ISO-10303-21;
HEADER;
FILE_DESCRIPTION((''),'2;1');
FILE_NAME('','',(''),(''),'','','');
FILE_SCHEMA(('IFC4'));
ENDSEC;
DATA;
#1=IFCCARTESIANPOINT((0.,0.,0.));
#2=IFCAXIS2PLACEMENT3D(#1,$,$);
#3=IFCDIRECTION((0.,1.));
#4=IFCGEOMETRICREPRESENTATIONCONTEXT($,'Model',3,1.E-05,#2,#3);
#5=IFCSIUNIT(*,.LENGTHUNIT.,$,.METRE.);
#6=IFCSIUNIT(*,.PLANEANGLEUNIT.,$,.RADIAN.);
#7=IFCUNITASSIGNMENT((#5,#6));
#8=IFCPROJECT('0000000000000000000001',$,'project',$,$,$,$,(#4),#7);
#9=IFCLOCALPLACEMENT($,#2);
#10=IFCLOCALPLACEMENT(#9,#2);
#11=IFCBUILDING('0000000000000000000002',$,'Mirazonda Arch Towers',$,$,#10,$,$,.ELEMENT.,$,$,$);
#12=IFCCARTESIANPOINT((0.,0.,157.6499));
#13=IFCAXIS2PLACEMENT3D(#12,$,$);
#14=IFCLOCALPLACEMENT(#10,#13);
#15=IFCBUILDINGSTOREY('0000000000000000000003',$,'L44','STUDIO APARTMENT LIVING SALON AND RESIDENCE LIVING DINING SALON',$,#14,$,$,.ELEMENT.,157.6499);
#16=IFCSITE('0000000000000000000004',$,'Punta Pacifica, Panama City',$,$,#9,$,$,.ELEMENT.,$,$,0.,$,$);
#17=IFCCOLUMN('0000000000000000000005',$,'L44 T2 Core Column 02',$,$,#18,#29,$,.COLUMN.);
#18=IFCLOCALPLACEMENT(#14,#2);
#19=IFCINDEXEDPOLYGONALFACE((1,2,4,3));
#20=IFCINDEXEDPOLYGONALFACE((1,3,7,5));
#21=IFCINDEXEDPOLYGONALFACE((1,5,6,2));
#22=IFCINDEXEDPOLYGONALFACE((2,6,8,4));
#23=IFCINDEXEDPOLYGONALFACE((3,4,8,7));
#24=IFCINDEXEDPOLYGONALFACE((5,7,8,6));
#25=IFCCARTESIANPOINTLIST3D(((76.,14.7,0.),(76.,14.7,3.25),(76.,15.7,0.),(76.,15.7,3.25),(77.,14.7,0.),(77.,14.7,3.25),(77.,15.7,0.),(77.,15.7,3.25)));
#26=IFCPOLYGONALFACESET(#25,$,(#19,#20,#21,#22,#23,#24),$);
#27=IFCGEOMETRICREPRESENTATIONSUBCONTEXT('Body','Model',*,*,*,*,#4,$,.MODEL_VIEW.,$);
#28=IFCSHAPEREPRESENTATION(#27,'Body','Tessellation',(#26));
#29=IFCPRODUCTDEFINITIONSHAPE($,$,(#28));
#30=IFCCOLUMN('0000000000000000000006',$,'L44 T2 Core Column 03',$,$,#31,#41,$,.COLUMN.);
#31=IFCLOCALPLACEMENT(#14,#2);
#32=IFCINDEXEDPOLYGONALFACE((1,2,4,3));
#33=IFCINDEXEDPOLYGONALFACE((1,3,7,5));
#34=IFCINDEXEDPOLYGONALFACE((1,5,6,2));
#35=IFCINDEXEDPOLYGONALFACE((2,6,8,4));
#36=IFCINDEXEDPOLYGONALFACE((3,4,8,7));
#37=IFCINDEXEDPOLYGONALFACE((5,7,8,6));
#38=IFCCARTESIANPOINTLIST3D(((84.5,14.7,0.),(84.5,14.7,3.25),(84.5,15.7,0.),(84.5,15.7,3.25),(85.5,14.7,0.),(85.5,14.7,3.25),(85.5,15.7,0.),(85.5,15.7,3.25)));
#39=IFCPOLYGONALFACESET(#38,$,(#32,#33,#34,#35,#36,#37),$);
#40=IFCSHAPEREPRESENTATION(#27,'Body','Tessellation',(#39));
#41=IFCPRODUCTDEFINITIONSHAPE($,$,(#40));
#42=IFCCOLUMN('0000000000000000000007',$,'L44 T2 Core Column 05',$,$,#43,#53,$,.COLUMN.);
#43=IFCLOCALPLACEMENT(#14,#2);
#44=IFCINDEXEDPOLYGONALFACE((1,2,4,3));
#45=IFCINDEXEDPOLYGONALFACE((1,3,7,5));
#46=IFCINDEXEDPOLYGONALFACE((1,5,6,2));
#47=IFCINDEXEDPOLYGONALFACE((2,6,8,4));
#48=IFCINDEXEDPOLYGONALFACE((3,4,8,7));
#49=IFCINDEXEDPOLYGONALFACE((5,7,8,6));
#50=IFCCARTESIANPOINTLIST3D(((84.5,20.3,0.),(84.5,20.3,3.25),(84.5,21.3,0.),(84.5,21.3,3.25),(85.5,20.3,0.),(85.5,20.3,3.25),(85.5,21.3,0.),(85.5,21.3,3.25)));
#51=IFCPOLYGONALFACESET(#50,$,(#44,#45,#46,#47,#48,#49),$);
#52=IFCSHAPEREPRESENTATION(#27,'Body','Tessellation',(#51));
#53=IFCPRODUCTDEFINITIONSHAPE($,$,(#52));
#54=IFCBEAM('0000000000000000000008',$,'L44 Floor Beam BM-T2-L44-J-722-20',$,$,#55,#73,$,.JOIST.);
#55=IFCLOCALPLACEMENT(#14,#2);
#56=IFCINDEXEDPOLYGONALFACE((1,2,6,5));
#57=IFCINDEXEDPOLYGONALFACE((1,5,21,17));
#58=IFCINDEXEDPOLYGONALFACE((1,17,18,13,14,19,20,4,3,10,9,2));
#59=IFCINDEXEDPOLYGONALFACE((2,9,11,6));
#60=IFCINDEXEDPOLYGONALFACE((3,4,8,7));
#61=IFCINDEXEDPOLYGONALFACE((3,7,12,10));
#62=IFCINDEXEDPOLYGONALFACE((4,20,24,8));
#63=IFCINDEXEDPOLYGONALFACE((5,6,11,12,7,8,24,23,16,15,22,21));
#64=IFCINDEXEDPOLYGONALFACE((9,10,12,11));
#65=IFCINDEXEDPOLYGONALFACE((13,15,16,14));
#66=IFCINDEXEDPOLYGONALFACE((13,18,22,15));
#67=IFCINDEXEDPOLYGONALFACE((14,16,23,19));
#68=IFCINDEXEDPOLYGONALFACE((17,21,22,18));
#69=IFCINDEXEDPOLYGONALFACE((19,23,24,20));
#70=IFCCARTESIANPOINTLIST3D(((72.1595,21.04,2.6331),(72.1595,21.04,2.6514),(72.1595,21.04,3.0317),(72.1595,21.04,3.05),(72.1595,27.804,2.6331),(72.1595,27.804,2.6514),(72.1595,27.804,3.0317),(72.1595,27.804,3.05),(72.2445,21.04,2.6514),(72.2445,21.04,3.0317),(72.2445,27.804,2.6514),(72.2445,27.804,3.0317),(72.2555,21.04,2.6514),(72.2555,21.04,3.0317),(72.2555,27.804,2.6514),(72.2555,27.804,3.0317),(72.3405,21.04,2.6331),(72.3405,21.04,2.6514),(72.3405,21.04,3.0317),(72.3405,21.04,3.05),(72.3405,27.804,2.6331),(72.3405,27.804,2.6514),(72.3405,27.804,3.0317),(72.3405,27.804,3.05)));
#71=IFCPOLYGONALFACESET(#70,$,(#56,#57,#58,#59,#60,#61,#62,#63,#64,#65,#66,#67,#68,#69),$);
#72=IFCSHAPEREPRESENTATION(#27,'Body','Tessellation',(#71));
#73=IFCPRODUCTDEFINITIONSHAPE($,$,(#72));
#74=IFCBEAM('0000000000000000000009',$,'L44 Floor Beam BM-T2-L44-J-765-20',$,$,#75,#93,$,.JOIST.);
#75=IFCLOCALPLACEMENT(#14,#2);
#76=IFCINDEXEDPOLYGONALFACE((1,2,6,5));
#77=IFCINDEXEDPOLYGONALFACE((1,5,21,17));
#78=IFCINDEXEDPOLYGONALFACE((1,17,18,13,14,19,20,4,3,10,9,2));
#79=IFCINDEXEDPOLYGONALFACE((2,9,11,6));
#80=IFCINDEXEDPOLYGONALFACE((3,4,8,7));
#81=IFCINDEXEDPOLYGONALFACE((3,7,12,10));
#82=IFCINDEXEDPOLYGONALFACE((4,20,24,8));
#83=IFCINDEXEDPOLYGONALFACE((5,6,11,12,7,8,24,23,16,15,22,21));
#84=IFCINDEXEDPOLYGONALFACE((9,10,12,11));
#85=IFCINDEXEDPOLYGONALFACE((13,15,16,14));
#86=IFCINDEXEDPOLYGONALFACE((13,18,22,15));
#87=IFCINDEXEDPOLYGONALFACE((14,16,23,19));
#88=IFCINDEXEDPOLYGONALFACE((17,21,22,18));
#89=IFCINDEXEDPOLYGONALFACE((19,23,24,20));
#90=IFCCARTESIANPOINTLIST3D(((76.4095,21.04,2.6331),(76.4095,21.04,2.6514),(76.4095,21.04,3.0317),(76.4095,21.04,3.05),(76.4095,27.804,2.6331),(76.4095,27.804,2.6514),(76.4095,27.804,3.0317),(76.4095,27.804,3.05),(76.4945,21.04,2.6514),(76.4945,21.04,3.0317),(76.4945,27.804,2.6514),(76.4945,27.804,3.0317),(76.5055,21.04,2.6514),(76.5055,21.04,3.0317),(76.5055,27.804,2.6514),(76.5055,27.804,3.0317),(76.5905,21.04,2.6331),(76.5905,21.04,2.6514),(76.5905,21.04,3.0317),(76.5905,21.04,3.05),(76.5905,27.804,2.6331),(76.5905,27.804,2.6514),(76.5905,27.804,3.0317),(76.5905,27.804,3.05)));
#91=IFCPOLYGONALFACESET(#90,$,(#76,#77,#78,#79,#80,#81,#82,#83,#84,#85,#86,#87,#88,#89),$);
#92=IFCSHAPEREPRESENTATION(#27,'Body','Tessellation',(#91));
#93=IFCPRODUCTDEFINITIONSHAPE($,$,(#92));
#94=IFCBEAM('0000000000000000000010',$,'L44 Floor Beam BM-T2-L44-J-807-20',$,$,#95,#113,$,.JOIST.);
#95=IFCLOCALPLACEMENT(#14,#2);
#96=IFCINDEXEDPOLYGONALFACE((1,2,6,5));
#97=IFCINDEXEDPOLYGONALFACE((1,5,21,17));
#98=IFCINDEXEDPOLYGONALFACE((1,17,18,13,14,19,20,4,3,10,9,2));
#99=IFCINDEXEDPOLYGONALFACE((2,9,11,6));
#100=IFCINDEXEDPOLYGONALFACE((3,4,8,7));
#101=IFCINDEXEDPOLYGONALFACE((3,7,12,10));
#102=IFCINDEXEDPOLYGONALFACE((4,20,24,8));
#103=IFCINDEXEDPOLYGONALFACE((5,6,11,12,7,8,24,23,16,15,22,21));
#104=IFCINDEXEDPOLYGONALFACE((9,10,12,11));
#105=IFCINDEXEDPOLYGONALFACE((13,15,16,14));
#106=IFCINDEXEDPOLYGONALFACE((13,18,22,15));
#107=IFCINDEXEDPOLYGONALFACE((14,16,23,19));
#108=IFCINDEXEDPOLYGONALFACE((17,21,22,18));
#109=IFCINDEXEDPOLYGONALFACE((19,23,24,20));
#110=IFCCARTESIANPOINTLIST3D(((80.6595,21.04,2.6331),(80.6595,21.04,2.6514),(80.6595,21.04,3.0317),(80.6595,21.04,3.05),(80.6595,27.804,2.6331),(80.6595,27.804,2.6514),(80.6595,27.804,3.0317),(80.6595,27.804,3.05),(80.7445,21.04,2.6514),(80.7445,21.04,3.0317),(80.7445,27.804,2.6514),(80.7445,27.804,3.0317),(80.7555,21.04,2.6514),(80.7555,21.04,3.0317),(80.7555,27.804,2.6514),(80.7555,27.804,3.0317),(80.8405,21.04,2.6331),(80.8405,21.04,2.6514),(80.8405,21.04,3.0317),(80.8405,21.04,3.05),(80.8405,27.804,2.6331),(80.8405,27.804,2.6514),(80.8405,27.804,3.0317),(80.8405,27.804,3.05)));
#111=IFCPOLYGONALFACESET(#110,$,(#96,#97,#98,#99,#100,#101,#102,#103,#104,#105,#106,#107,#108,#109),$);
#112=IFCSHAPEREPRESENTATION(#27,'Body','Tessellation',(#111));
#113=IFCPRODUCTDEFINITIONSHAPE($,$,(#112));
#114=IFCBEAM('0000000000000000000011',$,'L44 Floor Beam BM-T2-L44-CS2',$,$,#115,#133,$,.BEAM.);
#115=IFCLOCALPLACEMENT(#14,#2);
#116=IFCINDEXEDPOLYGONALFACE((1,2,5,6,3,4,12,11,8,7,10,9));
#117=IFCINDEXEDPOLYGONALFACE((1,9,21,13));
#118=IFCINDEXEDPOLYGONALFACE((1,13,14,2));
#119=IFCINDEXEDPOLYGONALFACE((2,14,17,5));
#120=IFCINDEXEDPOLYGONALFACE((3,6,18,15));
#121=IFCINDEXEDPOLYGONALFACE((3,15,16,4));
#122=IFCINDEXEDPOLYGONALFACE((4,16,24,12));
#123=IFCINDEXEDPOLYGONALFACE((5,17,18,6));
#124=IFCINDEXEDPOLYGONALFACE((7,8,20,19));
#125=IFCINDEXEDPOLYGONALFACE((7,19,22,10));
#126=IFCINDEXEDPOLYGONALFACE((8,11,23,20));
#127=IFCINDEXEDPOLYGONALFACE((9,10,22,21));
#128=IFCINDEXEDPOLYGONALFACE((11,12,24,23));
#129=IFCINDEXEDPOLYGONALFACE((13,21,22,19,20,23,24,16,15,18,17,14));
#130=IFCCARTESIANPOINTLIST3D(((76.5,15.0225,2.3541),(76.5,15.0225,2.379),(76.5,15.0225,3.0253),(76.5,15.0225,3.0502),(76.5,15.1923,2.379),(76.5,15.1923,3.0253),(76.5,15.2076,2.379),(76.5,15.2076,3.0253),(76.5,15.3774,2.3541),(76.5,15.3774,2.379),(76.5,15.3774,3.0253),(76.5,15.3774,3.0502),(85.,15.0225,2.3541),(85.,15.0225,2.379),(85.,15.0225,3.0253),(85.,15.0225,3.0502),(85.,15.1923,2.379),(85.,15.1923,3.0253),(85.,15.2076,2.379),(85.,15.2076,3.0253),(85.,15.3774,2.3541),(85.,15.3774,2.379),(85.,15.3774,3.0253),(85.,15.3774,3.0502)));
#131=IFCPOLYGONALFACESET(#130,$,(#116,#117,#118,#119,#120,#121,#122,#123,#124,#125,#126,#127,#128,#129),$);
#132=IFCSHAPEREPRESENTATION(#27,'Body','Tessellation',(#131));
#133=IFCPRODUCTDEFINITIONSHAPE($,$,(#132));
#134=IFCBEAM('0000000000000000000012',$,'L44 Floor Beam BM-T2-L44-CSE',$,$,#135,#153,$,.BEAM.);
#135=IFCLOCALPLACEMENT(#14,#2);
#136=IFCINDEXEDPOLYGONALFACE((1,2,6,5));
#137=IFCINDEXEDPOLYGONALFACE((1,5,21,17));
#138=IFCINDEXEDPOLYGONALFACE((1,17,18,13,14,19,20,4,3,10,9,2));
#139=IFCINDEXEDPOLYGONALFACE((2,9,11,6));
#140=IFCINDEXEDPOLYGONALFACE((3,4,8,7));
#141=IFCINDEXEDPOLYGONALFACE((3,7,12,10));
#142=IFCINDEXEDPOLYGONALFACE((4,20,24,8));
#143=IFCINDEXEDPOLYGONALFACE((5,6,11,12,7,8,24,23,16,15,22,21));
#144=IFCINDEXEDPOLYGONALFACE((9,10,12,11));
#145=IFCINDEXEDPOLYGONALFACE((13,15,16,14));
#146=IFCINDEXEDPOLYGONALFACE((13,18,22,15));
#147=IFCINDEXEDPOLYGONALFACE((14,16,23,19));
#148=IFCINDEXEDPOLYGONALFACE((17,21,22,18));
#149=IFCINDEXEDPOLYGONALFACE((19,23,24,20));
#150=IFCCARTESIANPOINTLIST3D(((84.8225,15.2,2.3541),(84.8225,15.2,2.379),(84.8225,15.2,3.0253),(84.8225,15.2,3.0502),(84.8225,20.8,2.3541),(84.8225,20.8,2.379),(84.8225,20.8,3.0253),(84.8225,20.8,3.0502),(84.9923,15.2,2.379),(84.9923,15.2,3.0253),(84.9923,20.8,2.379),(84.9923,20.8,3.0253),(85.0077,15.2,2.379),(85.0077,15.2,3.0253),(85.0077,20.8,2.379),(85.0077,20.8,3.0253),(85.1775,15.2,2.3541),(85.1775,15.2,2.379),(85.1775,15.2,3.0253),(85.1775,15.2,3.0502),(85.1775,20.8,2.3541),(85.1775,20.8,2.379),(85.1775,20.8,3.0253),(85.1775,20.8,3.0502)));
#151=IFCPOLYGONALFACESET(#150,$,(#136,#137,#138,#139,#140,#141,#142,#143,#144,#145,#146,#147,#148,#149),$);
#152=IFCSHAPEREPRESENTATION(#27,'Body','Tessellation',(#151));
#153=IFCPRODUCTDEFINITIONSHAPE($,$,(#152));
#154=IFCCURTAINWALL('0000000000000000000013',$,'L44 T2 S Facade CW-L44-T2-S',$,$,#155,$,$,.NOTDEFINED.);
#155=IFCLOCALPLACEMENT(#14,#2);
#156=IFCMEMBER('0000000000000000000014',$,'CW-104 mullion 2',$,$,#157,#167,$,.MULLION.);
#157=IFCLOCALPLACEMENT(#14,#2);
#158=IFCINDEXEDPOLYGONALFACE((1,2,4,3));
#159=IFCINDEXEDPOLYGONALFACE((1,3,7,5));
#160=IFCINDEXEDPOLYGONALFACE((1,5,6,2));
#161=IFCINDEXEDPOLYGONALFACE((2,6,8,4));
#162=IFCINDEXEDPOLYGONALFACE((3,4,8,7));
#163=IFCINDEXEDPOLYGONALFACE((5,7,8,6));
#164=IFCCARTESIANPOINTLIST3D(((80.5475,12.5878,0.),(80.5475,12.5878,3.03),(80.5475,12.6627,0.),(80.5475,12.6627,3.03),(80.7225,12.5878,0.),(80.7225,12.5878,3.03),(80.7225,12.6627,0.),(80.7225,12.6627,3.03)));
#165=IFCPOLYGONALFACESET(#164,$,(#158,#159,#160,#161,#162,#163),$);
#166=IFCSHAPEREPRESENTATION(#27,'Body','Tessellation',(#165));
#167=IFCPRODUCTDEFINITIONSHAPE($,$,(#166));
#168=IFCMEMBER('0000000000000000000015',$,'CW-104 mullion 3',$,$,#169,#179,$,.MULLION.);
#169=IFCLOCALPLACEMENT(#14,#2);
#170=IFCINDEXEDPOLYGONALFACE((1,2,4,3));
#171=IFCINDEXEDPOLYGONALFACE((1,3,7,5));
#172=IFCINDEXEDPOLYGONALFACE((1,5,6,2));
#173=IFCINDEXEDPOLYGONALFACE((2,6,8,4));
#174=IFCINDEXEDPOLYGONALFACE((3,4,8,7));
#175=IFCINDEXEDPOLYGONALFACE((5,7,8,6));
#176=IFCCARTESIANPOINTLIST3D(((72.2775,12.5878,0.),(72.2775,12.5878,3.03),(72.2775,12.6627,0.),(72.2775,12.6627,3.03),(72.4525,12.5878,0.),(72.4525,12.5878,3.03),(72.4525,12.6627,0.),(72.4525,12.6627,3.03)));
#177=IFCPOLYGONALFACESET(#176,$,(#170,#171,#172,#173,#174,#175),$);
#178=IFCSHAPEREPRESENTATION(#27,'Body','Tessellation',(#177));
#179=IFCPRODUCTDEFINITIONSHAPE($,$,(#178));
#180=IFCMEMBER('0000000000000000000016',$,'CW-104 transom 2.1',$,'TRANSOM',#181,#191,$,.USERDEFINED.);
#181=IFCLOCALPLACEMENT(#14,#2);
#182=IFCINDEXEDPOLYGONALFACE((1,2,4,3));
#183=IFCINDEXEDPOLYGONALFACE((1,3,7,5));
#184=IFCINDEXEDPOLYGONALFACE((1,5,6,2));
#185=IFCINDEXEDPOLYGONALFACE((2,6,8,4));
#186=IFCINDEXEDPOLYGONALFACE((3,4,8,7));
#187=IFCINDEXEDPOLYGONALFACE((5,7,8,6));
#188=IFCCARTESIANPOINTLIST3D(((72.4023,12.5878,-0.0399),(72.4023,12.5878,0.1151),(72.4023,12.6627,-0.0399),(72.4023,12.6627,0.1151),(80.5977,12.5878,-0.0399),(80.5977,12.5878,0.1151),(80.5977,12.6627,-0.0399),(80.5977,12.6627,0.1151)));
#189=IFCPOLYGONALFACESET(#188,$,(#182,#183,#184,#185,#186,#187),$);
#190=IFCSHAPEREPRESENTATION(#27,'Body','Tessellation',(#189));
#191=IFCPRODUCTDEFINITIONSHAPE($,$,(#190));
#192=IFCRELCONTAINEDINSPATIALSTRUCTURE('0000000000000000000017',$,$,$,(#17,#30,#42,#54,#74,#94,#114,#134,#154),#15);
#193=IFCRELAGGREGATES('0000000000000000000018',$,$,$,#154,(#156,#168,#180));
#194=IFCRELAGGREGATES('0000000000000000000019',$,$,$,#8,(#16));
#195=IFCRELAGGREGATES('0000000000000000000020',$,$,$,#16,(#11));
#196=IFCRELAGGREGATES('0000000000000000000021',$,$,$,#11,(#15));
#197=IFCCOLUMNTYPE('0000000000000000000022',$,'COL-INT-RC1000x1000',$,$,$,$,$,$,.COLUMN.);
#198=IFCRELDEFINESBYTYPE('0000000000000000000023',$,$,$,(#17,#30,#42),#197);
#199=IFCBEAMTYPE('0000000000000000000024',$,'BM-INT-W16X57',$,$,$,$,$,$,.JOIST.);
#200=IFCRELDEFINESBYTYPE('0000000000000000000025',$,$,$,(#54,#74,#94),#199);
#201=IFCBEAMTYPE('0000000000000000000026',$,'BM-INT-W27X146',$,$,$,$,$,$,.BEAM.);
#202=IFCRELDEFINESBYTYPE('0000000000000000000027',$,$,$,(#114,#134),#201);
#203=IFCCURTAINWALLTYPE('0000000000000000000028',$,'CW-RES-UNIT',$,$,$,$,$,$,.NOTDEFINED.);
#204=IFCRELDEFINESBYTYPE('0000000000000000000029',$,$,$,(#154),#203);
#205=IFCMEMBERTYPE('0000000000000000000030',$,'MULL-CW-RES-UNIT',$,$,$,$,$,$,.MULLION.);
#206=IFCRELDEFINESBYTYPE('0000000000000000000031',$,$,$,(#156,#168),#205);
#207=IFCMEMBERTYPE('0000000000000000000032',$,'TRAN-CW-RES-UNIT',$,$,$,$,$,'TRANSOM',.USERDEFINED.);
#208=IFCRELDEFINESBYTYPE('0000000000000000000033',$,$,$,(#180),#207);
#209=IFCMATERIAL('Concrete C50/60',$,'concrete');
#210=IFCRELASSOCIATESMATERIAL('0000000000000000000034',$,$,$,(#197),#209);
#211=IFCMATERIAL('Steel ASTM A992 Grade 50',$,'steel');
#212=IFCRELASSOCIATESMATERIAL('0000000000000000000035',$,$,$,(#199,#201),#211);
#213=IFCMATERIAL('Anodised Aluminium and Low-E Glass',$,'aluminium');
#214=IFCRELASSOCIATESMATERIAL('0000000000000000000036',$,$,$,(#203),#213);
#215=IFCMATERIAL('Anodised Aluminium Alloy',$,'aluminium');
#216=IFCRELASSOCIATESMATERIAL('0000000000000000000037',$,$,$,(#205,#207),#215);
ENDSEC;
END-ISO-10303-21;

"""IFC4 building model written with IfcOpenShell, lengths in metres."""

from ifc_helpers import new_model, si_unit, direction, frame, origin, origin_2d, place, context, subcontext, project, spatial, rectangle, i_section, extrude, material, material_profile, profile_set, type_object, element, aggregate, save


model = new_model("IFC4")

# Units and contexts
model_context = context("Model", 3, precision=1e-05, world=origin(), true_north=direction((0.0, 1.0)))
body_context = subcontext(model_context, "Body", "Model", "MODEL_VIEW")
ifc_project = project(units=[si_unit("LENGTHUNIT", "METRE"), si_unit("PLANEANGLEUNIT", "RADIAN")], contexts=[model_context])

# Site, building, storey
site_placement = place(None, origin())
site = spatial("IfcSite", under=ifc_project, at=site_placement, Name="Punta Pacifica, Panama City", CompositionType="ELEMENT", RefElevation=0.0)
building_placement = place(site_placement, origin())
building = spatial("IfcBuilding", under=site, at=building_placement, Name="Mirazonda Arch Towers", CompositionType="ELEMENT")
storey_placement = place(building_placement, frame((0.0, 0.0, 157.6499)))
storey = spatial("IfcBuildingStorey", under=building, at=storey_placement, Name="L44", Description="STUDIO APARTMENT LIVING SALON AND RESIDENCE LIVING DINING SALON", CompositionType="ELEMENT", Elevation=157.6499)

# Columns
ifc_material_1 = material(Name="Concrete C50/60", Category="concrete")
ifc_material_profile_1 = material_profile(ifc_material_1, rectangle(XDim=1.0, YDim=1.0, at=origin_2d()), Name="RC1000x1000")
ifc_profile_set_1 = profile_set([ifc_material_profile_1], Name="Concrete C50/60")
column_type = type_object("IfcColumnType", Name="COL-INT-RC1000x1000", PredefinedType="COLUMN", material=ifc_profile_set_1)
for number, where, z_axis, x_axis, name in (
    (1, (76.5, 15.2, 0.0), (0.0, 0.0, 1.0), (1.0, 0.0, 0.0), "L44 T2 Core Column 02"),
    (2, (85.0, 15.2, 0.0), (0.0, 0.0, 1.0), (1.0, 0.0, 0.0), "L44 T2 Core Column 03"),
    (3, (85.0, 20.8, 0.0), (0.0, 0.0, 1.0), (1.0, 0.0, 0.0), "L44 T2 Core Column 05"),
):
    element("IfcColumn", number, at=place(storey_placement, frame(where, z_axis=z_axis, x_axis=x_axis)), inside=storey, type_object=column_type, Name=name, PredefinedType="COLUMN", context=body_context, shape_type="SweptSolid", body=[
        extrude(rectangle(XDim=1.0, YDim=1.0, at=origin_2d()), origin(), (0.0, 0.0, 1.0), 3.25),
    ])

# Beams
ifc_material_2 = material(Name="Steel ASTM A992 Grade 50", Category="steel")
ifc_material_profile_2 = material_profile(ifc_material_2, i_section(OverallWidth=0.1809, OverallDepth=0.417, WebThickness=0.011, FlangeThickness=0.0183, at=origin_2d()), Name="W16X57")
ifc_profile_set_2 = profile_set([ifc_material_profile_2], Name="Steel ASTM A992 Grade 50")
beam_type_1 = type_object("IfcBeamType", Name="BM-INT-W16X57", PredefinedType="JOIST", material=ifc_profile_set_2)
for number, where, z_axis, x_axis, name in (
    (4, (72.25, 21.04, 2.8416), (0.0, 1.0, 0.0), (-1.0, 0.0, 0.0), "L44 Floor Beam BM-T2-L44-J-722-20"),
    (5, (76.5, 21.04, 2.8416), (0.0, 1.0, 0.0), (-1.0, 0.0, 0.0), "L44 Floor Beam BM-T2-L44-J-765-20"),
    (6, (80.75, 21.04, 2.8416), (0.0, 1.0, 0.0), (-1.0, 0.0, 0.0), "L44 Floor Beam BM-T2-L44-J-807-20"),
):
    element("IfcBeam", number, at=place(storey_placement, frame(where, z_axis=z_axis, x_axis=x_axis)), inside=storey, type_object=beam_type_1, Name=name, PredefinedType="JOIST", context=body_context, shape_type="SweptSolid", body=[
        extrude(i_section(OverallWidth=0.1809, OverallDepth=0.417, WebThickness=0.011, FlangeThickness=0.0183, at=origin_2d()), origin(), (0.0, 0.0, 1.0), 6.7639),
    ])
ifc_material_profile_3 = material_profile(ifc_material_2, i_section(OverallWidth=0.355, OverallDepth=0.696, WebThickness=0.0154, FlangeThickness=0.0249, at=origin_2d()), Name="W27X146")
ifc_profile_set_3 = profile_set([ifc_material_profile_3], Name="Steel ASTM A992 Grade 50")
beam_type_2 = type_object("IfcBeamType", Name="BM-INT-W27X146", PredefinedType="BEAM", material=ifc_profile_set_3)
beam_1_placement = place(storey_placement, frame((76.5, 15.2, 2.7021), z_axis=(1.0, 0.0, 0.0), x_axis=(0.0, 1.0, 0.0)))
element("IfcBeam", 7, at=beam_1_placement, inside=storey, type_object=beam_type_2, Name="L44 Floor Beam BM-T2-L44-CS2", PredefinedType="BEAM", context=body_context, shape_type="SweptSolid", body=[
    extrude(i_section(OverallWidth=0.355, OverallDepth=0.696, WebThickness=0.0154, FlangeThickness=0.0249, at=origin_2d()), origin(), (0.0, 0.0, 1.0), 8.5),
])
beam_2_placement = place(storey_placement, frame((85.0, 15.2, 2.7021), z_axis=(0.0, 1.0, 0.0), x_axis=(-1.0, 0.0, 0.0)))
element("IfcBeam", 8, at=beam_2_placement, inside=storey, type_object=beam_type_2, Name="L44 Floor Beam BM-T2-L44-CSE", PredefinedType="BEAM", context=body_context, shape_type="SweptSolid", body=[
    extrude(i_section(OverallWidth=0.355, OverallDepth=0.696, WebThickness=0.0154, FlangeThickness=0.0249, at=origin_2d()), origin(), (0.0, 0.0, 1.0), 5.6001),
])

# Curtain wall, members
ifc_material_3 = material(Name="Anodised Aluminium and Low-E Glass", Category="aluminium")
curtain_wall_type = type_object("IfcCurtainWallType", Name="CW-RES-UNIT", PredefinedType="NOTDEFINED", material=ifc_material_3)
curtain_wall_placement = place(storey_placement, origin())
curtain_wall = element("IfcCurtainWall", 9, at=curtain_wall_placement, inside=storey, type_object=curtain_wall_type, Name="L44 T2 S Facade CW-L44-T2-S", PredefinedType="NOTDEFINED")
ifc_material_4 = material(Name="Anodised Aluminium Alloy", Category="aluminium")
ifc_material_profile_4 = material_profile(ifc_material_4, rectangle(XDim=0.075, YDim=0.175, at=origin_2d()), Name="ALU-MULL-75x175")
ifc_profile_set_4 = profile_set([ifc_material_profile_4], Name="Anodised Aluminium Alloy")
member_type_1 = type_object("IfcMemberType", Name="MULL-CW-RES-UNIT", PredefinedType="MULLION", material=ifc_profile_set_4)
member_1_placement = place(storey_placement, frame((80.635, 12.6252, 0.0), z_axis=(0.0, 0.0, 1.0), x_axis=(0.0, -1.0, 0.0)))
member_1 = element("IfcMember", 10, at=member_1_placement, type_object=member_type_1, Name="CW-104 mullion 2", PredefinedType="MULLION", context=body_context, shape_type="SweptSolid", body=[
    extrude(rectangle(XDim=0.075, YDim=0.175, at=origin_2d()), origin(), (0.0, 0.0, 1.0), 3.03),
])
member_2_placement = place(storey_placement, frame((72.365, 12.6252, 0.0), z_axis=(0.0, 0.0, 1.0), x_axis=(0.0, -1.0, 0.0)))
member_2 = element("IfcMember", 11, at=member_2_placement, type_object=member_type_1, Name="CW-104 mullion 3", PredefinedType="MULLION", context=body_context, shape_type="SweptSolid", body=[
    extrude(rectangle(XDim=0.075, YDim=0.175, at=origin_2d()), origin(), (0.0, 0.0, 1.0), 3.03),
])
ifc_material_profile_5 = material_profile(ifc_material_4, rectangle(XDim=0.075, YDim=0.155, at=origin_2d()), Name="ALU-TRAN-75x155")
ifc_profile_set_5 = profile_set([ifc_material_profile_5], Name="Anodised Aluminium Alloy")
member_type_2 = type_object("IfcMemberType", Name="TRAN-CW-RES-UNIT", ElementType="TRANSOM", PredefinedType="USERDEFINED", material=ifc_profile_set_5)
member_3_placement = place(storey_placement, frame((80.5977, 12.6252, 0.0376), z_axis=(-1.0, 0.0, 0.0), x_axis=(0.0, -1.0, 0.0)))
member_3 = element("IfcMember", 12, at=member_3_placement, type_object=member_type_2, Name="CW-104 transom 2.1", ObjectType="TRANSOM", PredefinedType="USERDEFINED", context=body_context, shape_type="SweptSolid", body=[
    extrude(rectangle(XDim=0.075, YDim=0.155, at=origin_2d()), origin(), (0.0, 0.0, 1.0), 8.1953),
])
aggregate(curtain_wall, [member_1, member_2, member_3])

save(model, "model.ifc")
